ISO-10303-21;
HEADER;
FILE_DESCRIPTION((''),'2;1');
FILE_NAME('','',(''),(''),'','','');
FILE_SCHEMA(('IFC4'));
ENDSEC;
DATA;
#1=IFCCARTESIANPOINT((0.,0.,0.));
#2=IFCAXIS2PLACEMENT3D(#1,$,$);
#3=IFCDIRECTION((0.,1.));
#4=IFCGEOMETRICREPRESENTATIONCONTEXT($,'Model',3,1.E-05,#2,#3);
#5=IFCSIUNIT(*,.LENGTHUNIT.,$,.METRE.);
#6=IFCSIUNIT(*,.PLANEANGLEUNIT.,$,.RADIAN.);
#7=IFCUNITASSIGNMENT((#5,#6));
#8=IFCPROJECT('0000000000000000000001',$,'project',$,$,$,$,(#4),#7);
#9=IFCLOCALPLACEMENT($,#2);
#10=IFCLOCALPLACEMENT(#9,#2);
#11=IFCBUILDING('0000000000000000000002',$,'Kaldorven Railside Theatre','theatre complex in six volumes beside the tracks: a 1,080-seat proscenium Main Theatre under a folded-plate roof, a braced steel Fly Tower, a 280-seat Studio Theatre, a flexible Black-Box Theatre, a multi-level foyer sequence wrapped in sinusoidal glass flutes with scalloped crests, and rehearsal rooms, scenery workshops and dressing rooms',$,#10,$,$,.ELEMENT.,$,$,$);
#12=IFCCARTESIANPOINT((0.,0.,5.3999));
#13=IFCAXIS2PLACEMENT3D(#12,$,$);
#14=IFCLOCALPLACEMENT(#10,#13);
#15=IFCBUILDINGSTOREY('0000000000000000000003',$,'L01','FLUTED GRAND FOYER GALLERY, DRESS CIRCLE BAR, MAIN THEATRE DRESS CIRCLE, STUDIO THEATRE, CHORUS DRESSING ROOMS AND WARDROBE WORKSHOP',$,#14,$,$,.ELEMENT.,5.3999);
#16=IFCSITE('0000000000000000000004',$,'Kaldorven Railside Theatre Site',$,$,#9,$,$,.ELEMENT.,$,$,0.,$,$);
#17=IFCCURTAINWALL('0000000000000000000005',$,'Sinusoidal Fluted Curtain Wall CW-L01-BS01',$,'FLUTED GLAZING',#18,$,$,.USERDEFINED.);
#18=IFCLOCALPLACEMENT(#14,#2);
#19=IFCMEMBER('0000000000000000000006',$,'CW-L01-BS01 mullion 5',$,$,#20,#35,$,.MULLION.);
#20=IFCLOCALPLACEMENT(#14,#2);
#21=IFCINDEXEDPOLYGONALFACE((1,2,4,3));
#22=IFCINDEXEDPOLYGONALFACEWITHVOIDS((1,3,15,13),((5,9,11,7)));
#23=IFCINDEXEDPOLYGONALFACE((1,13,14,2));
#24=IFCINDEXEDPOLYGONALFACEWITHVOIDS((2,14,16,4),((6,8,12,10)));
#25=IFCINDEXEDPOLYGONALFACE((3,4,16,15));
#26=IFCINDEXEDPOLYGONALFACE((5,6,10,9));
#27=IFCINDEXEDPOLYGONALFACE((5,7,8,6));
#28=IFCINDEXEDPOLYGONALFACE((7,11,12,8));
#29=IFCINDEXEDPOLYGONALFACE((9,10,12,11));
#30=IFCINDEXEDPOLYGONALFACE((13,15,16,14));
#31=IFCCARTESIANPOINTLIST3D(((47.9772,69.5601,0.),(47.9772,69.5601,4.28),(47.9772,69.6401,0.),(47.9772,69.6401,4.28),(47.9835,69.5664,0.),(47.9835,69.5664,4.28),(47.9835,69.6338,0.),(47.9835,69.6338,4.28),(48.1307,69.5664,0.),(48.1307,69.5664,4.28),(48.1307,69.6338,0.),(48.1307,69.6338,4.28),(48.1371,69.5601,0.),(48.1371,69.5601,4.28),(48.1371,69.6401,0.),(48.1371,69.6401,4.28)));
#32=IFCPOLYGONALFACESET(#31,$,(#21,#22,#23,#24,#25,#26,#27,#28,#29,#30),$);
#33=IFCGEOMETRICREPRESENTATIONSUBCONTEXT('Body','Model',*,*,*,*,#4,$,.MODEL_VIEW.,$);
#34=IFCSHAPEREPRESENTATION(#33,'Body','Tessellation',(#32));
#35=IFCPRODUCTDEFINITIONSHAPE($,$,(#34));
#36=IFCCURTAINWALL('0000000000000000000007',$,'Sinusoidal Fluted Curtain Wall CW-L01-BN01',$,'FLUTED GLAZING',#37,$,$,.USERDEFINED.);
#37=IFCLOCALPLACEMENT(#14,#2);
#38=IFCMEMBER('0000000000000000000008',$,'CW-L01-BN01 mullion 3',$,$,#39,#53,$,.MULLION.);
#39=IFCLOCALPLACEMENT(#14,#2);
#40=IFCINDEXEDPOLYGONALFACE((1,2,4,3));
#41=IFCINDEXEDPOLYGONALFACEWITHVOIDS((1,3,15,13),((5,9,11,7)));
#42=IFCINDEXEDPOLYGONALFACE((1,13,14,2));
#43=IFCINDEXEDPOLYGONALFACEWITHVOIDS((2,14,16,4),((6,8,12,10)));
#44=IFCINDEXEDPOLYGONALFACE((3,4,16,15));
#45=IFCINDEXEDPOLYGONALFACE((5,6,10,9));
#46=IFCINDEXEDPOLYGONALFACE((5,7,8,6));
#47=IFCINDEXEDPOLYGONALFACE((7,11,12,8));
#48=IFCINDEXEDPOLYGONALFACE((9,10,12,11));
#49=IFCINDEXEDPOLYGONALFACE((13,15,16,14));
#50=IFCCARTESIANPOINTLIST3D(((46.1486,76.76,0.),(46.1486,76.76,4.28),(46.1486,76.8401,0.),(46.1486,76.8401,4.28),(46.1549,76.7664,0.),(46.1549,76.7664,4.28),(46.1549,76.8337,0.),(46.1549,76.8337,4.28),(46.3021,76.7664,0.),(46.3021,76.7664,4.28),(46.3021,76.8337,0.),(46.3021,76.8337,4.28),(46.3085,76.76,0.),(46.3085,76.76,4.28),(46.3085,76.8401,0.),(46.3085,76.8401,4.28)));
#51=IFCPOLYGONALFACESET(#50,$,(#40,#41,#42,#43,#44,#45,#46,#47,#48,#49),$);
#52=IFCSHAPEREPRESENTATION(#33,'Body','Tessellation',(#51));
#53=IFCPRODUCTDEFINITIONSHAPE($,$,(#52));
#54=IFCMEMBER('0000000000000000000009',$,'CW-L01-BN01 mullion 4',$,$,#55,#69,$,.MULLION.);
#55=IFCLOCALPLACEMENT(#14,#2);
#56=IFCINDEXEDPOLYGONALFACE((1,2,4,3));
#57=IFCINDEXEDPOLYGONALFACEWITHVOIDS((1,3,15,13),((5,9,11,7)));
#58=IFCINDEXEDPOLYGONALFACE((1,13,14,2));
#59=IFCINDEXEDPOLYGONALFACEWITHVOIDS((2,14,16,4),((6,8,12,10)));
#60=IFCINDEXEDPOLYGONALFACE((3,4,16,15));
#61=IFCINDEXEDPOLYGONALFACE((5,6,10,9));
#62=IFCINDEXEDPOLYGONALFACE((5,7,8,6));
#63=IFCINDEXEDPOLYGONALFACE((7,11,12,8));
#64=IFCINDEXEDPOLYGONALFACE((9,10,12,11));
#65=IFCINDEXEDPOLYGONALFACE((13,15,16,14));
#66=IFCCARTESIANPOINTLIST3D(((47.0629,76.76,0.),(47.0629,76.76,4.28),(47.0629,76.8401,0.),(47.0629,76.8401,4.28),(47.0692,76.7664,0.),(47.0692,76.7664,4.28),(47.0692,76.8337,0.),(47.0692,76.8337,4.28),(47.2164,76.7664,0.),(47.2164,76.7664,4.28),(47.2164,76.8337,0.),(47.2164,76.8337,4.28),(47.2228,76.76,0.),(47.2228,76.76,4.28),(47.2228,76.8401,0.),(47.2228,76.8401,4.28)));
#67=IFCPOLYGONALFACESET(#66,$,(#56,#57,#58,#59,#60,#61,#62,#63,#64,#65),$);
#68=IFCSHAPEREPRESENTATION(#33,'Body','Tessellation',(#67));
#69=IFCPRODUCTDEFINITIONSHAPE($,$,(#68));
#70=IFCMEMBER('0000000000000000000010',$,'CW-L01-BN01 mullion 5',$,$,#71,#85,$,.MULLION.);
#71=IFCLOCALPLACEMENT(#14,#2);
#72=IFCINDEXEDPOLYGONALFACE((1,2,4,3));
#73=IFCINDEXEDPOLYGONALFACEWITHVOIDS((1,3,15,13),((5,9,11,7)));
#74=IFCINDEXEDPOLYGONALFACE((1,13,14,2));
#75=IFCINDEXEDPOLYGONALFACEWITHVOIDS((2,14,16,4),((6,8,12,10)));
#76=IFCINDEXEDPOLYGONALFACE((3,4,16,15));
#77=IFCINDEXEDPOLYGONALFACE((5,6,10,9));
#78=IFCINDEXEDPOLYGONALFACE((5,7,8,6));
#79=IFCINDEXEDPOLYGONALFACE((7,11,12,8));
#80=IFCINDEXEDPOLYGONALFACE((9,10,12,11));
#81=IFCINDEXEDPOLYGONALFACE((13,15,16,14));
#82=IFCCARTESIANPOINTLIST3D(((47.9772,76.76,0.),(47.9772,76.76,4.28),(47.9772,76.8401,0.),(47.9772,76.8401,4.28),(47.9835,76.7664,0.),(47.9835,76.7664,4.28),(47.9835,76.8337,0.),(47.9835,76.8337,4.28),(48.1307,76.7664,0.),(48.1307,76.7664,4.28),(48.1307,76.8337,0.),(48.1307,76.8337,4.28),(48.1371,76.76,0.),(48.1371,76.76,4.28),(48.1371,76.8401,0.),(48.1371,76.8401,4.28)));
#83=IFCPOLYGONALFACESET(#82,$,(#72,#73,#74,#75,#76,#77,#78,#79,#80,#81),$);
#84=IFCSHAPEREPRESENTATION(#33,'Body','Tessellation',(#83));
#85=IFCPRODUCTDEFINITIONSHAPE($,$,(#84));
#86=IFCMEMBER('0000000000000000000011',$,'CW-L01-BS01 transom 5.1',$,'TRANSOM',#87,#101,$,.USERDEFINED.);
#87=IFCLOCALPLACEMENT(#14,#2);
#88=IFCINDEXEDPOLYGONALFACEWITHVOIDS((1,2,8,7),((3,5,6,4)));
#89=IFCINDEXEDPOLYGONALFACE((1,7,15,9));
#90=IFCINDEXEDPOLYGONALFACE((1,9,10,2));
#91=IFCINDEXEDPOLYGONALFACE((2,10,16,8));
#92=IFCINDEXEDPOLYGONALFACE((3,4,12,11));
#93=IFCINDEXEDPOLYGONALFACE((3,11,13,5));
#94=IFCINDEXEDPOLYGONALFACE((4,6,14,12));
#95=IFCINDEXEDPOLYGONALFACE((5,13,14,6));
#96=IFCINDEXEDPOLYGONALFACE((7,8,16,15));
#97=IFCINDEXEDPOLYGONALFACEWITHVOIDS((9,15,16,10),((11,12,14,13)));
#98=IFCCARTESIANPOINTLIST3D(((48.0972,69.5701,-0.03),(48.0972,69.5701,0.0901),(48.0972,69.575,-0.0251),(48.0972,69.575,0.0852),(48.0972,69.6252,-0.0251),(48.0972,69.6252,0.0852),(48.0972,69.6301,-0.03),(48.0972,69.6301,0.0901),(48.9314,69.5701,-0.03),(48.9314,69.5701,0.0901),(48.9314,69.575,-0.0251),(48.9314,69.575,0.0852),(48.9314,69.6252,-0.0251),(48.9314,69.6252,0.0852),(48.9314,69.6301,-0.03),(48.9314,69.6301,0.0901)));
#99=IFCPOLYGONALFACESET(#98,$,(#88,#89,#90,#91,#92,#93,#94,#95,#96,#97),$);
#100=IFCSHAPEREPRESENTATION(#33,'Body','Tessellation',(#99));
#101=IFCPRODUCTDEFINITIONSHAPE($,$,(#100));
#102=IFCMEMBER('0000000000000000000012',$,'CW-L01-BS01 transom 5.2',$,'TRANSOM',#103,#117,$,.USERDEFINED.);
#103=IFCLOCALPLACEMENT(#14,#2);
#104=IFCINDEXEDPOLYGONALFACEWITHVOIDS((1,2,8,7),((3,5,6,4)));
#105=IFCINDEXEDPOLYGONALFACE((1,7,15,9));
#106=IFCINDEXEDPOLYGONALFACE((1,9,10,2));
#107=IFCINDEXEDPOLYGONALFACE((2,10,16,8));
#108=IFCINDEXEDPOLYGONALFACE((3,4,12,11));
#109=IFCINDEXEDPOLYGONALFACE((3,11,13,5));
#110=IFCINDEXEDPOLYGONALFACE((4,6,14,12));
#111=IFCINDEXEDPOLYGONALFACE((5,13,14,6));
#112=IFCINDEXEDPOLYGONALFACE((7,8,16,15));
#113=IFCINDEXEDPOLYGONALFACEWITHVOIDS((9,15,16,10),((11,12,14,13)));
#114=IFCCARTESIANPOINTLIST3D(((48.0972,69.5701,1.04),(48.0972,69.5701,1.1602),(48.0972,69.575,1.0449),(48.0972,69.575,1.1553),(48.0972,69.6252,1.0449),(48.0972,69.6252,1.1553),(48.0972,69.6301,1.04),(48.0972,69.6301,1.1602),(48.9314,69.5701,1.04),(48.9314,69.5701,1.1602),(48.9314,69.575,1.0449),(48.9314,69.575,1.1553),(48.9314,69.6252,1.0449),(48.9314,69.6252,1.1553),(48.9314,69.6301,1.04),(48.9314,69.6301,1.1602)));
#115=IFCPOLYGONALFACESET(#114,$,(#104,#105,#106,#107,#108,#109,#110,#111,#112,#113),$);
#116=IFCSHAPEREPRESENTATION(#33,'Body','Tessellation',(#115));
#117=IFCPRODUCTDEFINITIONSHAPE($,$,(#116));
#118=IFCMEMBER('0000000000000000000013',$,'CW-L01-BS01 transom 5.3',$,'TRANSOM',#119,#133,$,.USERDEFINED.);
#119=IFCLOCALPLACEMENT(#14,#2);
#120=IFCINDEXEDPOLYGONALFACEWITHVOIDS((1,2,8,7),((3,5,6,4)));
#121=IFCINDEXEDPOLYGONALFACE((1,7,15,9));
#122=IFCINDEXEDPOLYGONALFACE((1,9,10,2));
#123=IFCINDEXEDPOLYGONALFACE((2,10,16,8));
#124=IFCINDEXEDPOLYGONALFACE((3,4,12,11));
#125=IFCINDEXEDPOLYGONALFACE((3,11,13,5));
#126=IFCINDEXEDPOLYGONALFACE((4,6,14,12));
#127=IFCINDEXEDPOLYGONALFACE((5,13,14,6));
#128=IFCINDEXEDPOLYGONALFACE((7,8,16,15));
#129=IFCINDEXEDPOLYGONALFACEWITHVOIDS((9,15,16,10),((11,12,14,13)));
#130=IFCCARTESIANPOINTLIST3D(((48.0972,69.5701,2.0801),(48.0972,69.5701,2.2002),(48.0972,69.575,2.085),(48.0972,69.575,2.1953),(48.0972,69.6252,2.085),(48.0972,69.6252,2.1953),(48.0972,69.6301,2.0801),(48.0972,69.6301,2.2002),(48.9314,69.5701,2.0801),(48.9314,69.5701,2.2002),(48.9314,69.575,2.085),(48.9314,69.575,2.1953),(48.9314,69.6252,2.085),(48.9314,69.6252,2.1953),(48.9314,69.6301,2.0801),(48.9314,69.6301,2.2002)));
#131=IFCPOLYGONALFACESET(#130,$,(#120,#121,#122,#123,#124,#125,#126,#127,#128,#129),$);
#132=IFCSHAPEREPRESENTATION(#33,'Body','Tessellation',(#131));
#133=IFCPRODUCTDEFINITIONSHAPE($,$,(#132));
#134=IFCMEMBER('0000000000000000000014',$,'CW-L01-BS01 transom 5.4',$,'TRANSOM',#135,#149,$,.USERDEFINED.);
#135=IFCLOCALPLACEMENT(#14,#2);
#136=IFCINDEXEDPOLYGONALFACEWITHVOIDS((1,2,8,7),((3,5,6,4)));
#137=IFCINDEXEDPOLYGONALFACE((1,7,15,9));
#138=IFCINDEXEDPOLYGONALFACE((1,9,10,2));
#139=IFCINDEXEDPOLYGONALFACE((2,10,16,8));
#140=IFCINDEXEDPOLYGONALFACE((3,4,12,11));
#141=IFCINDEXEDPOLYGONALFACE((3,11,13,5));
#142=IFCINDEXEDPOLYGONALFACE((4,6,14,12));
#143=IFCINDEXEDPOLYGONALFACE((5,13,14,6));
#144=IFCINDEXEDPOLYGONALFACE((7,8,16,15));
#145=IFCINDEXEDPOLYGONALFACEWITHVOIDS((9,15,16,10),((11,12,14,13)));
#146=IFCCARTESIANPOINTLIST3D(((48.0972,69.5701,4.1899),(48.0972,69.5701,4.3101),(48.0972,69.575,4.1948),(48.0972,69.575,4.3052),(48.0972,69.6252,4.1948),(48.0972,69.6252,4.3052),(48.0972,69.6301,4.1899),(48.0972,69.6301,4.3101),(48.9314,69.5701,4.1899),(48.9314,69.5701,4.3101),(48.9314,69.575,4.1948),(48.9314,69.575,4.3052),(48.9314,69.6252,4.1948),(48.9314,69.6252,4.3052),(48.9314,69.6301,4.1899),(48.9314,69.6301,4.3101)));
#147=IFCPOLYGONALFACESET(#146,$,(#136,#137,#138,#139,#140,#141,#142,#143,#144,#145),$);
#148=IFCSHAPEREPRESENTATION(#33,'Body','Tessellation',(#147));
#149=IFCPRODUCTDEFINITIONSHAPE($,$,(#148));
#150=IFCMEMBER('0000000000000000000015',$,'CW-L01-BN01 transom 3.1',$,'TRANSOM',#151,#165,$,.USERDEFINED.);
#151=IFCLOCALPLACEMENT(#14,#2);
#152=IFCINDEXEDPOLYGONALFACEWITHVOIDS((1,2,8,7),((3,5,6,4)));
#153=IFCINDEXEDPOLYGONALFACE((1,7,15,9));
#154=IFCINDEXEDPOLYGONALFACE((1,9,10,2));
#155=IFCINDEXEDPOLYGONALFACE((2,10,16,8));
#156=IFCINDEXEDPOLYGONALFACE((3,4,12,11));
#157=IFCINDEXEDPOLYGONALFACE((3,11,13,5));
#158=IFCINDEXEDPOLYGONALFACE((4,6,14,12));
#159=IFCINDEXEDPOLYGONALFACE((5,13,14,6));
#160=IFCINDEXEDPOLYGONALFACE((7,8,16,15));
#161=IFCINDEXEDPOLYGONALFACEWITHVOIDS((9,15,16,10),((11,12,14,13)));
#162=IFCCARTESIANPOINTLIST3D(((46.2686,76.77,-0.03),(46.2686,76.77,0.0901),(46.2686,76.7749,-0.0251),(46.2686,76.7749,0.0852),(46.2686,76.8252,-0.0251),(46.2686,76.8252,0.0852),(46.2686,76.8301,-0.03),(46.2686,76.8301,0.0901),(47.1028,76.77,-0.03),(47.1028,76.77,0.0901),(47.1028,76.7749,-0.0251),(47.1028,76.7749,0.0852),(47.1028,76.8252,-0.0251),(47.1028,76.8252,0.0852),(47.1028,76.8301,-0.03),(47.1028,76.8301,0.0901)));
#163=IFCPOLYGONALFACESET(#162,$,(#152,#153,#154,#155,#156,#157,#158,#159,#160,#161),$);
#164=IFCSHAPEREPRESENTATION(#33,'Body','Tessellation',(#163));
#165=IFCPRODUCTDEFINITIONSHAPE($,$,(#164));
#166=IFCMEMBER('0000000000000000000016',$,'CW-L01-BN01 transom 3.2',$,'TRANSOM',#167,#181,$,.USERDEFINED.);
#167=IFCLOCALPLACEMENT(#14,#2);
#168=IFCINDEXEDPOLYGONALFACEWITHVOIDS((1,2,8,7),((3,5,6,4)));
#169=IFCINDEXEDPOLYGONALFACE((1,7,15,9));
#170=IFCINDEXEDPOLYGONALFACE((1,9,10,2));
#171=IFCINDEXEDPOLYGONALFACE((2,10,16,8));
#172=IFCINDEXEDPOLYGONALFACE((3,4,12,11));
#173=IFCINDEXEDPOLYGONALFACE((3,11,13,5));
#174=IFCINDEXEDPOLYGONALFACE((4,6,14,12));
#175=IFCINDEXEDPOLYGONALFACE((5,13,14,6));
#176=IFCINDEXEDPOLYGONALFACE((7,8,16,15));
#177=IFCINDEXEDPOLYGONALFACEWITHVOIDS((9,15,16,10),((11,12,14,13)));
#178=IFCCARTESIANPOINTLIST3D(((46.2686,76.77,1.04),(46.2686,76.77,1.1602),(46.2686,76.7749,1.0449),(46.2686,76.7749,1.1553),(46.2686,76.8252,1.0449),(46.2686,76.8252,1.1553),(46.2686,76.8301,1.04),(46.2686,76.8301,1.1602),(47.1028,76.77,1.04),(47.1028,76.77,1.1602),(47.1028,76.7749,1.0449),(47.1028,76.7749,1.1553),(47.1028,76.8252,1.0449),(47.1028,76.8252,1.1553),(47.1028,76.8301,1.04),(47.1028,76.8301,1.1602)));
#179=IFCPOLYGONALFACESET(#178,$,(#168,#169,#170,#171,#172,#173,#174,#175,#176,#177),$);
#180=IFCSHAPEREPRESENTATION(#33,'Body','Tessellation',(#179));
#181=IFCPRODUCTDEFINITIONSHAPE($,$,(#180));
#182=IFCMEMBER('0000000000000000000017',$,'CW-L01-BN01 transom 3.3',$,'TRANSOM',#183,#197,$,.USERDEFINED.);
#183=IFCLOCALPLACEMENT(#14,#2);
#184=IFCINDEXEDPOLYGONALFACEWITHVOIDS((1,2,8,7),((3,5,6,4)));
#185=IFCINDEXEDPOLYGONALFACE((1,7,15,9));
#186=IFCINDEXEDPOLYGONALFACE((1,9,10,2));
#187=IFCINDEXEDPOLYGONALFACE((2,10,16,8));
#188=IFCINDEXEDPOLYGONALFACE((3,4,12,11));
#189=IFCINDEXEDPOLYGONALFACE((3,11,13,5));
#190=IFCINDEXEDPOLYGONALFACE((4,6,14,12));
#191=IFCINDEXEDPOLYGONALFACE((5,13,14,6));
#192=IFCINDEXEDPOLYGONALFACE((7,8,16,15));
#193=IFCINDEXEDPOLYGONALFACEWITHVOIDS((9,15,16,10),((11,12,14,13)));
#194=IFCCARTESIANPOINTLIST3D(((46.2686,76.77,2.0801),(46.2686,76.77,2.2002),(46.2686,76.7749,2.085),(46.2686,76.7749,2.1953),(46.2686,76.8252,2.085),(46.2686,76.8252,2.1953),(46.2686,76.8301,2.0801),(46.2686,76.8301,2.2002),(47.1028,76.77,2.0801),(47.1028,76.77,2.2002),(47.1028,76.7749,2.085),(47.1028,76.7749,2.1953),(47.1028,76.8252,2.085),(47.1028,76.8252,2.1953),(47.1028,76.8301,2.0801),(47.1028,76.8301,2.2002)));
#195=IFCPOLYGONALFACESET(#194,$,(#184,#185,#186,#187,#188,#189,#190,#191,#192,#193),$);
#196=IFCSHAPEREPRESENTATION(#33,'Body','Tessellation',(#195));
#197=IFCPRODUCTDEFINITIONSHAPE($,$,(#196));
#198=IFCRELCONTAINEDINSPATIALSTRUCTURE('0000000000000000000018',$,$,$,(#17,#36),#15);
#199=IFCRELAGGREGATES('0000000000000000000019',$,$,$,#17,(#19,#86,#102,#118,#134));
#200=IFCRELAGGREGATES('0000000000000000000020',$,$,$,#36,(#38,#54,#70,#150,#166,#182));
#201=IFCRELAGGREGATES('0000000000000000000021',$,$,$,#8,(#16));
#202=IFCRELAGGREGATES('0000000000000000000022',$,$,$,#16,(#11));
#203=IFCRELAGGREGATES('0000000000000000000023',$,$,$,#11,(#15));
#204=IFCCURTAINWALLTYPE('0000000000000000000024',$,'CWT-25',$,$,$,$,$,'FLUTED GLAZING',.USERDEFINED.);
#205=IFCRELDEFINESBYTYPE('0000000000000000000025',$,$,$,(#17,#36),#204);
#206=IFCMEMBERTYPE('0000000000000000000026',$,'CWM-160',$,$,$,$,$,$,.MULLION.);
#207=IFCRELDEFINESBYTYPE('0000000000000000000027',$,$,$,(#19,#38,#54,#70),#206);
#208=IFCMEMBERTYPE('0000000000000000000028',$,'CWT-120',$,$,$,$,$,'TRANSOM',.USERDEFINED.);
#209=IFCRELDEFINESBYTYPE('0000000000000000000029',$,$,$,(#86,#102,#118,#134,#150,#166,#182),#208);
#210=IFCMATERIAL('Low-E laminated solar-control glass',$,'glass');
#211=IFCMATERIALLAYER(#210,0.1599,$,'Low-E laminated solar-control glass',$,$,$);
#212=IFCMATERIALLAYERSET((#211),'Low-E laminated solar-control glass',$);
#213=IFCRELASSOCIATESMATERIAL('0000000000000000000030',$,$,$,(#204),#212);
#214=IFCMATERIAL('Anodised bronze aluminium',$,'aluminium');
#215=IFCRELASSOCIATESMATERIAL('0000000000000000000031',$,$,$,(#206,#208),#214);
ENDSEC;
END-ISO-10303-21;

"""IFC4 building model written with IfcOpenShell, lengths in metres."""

from ifc_helpers import new_model, si_unit, direction, frame, origin, origin_2d, place, context, subcontext, project, spatial, hollow_rectangle, extrude, material, layer, layer_set, material_profile, profile_set, type_object, element, aggregate, save


model = new_model("IFC4")

# Units and contexts
model_context = context("Model", 3, precision=1e-05, world=origin(), true_north=direction((0.0, 1.0)))
body_context = subcontext(model_context, "Body", "Model", "MODEL_VIEW")
ifc_project = project(units=[si_unit("LENGTHUNIT", "METRE"), si_unit("PLANEANGLEUNIT", "RADIAN")], contexts=[model_context])

# Site, building, storey
site_placement = place(None, origin())
site = spatial("IfcSite", under=ifc_project, at=site_placement, Name="Kaldorven Railside Theatre Site", CompositionType="ELEMENT", RefElevation=0.0)
building_placement = place(site_placement, origin())
building = spatial("IfcBuilding", under=site, at=building_placement, Name="Kaldorven Railside Theatre", Description="theatre complex in six volumes beside the tracks: a 1,080-seat proscenium Main Theatre under a folded-plate roof, a braced steel Fly Tower, a 280-seat Studio Theatre, a flexible Black-Box Theatre, a multi-level foyer sequence wrapped in sinusoidal glass flutes with scalloped crests, and rehearsal rooms, scenery workshops and dressing rooms", CompositionType="ELEMENT")
storey_placement = place(building_placement, frame((0.0, 0.0, 5.3999)))
storey = spatial("IfcBuildingStorey", under=building, at=storey_placement, Name="L01", Description="FLUTED GRAND FOYER GALLERY, DRESS CIRCLE BAR, MAIN THEATRE DRESS CIRCLE, STUDIO THEATRE, CHORUS DRESSING ROOMS AND WARDROBE WORKSHOP", CompositionType="ELEMENT", Elevation=5.3999)

# Curtain wall, member
ifc_material_1 = material(Name="Low-E laminated solar-control glass", Category="glass")
ifc_layer_1 = layer(ifc_material_1, 0.1599, Name="Low-E laminated solar-control glass")
ifc_layer_set_1 = layer_set([ifc_layer_1], Name="Low-E laminated solar-control glass")
curtain_wall_type = type_object("IfcCurtainWallType", Name="CWT-25", ElementType="FLUTED GLAZING", PredefinedType="USERDEFINED", material=ifc_layer_set_1)
curtain_wall_1_placement = place(storey_placement, origin())
curtain_wall_1 = element("IfcCurtainWall", 1, at=curtain_wall_1_placement, inside=storey, type_object=curtain_wall_type, Name="Sinusoidal Fluted Curtain Wall CW-L01-BS01", ObjectType="FLUTED GLAZING", PredefinedType="USERDEFINED")
ifc_material_2 = material(Name="Anodised bronze aluminium", Category="aluminium")
ifc_material_profile_1 = material_profile(ifc_material_2, hollow_rectangle(XDim=0.0801, YDim=0.1599, WallThickness=0.0063, at=origin_2d()), Name="RHS 160x80x6.3")
ifc_profile_set_1 = profile_set([ifc_material_profile_1], Name="Anodised bronze aluminium")
member_type_1 = type_object("IfcMemberType", Name="CWM-160", PredefinedType="MULLION", material=ifc_profile_set_1)
member_1_placement = place(storey_placement, frame((48.0571, 69.6001, 0.0), z_axis=(0.0, 0.0, 1.0), x_axis=(0.0, 1.0, 0.0)))
member_1 = element("IfcMember", 2, at=member_1_placement, type_object=member_type_1, Name="CW-L01-BS01 mullion 5", PredefinedType="MULLION", context=body_context, shape_type="SweptSolid", body=[
    extrude(hollow_rectangle(XDim=0.0801, YDim=0.1599, WallThickness=0.0063, at=origin_2d()), origin(), (0.0, 0.0, 1.0), 4.28),
])

# Curtain wall, members
curtain_wall_2_placement = place(storey_placement, origin())
curtain_wall_2 = element("IfcCurtainWall", 3, at=curtain_wall_2_placement, inside=storey, type_object=curtain_wall_type, Name="Sinusoidal Fluted Curtain Wall CW-L01-BN01", ObjectType="FLUTED GLAZING", PredefinedType="USERDEFINED")
member_2_placement = place(storey_placement, frame((46.2285, 76.8, 0.0), z_axis=(0.0, 0.0, 1.0), x_axis=(0.0, 1.0, 0.0)))
member_2 = element("IfcMember", 4, at=member_2_placement, type_object=member_type_1, Name="CW-L01-BN01 mullion 3", PredefinedType="MULLION", context=body_context, shape_type="SweptSolid", body=[
    extrude(hollow_rectangle(XDim=0.0801, YDim=0.1599, WallThickness=0.0063, at=origin_2d()), origin(), (0.0, 0.0, 1.0), 4.28),
])
member_3_placement = place(storey_placement, frame((47.1428, 76.8, 0.0), z_axis=(0.0, 0.0, 1.0), x_axis=(0.0, 1.0, 0.0)))
member_3 = element("IfcMember", 5, at=member_3_placement, type_object=member_type_1, Name="CW-L01-BN01 mullion 4", PredefinedType="MULLION", context=body_context, shape_type="SweptSolid", body=[
    extrude(hollow_rectangle(XDim=0.0801, YDim=0.1599, WallThickness=0.0063, at=origin_2d()), origin(), (0.0, 0.0, 1.0), 4.28),
])
member_4_placement = place(storey_placement, frame((48.0571, 76.8, 0.0), z_axis=(0.0, 0.0, 1.0), x_axis=(0.0, 1.0, 0.0)))
member_4 = element("IfcMember", 6, at=member_4_placement, type_object=member_type_1, Name="CW-L01-BN01 mullion 5", PredefinedType="MULLION", context=body_context, shape_type="SweptSolid", body=[
    extrude(hollow_rectangle(XDim=0.0801, YDim=0.1599, WallThickness=0.0063, at=origin_2d()), origin(), (0.0, 0.0, 1.0), 4.28),
])

# Members
ifc_material_profile_2 = material_profile(ifc_material_2, hollow_rectangle(XDim=0.0601, YDim=0.1201, WallThickness=0.0049, at=origin_2d()), Name="RHS 120x60x5")
ifc_profile_set_2 = profile_set([ifc_material_profile_2], Name="Anodised bronze aluminium")
member_type_2 = type_object("IfcMemberType", Name="CWT-120", ElementType="TRANSOM", PredefinedType="USERDEFINED", material=ifc_profile_set_2)
member_5_placement = place(storey_placement, frame((48.0972, 69.6001, 0.03), z_axis=(1.0, 0.0, 0.0), x_axis=(0.0, 1.0, 0.0)))
member_5 = element("IfcMember", 7, at=member_5_placement, type_object=member_type_2, Name="CW-L01-BS01 transom 5.1", ObjectType="TRANSOM", PredefinedType="USERDEFINED", context=body_context, shape_type="SweptSolid", body=[
    extrude(hollow_rectangle(XDim=0.0601, YDim=0.1201, WallThickness=0.0049, at=origin_2d()), origin(), (0.0, 0.0, 1.0), 0.8342),
])
member_6_placement = place(storey_placement, frame((48.0972, 69.6001, 1.1001), z_axis=(1.0, 0.0, 0.0), x_axis=(0.0, 1.0, 0.0)))
member_6 = element("IfcMember", 8, at=member_6_placement, type_object=member_type_2, Name="CW-L01-BS01 transom 5.2", ObjectType="TRANSOM", PredefinedType="USERDEFINED", context=body_context, shape_type="SweptSolid", body=[
    extrude(hollow_rectangle(XDim=0.0601, YDim=0.1201, WallThickness=0.0049, at=origin_2d()), origin(), (0.0, 0.0, 1.0), 0.8342),
])
member_7_placement = place(storey_placement, frame((48.0972, 69.6001, 2.1401), z_axis=(1.0, 0.0, 0.0), x_axis=(0.0, 1.0, 0.0)))
member_7 = element("IfcMember", 9, at=member_7_placement, type_object=member_type_2, Name="CW-L01-BS01 transom 5.3", ObjectType="TRANSOM", PredefinedType="USERDEFINED", context=body_context, shape_type="SweptSolid", body=[
    extrude(hollow_rectangle(XDim=0.0601, YDim=0.1201, WallThickness=0.0049, at=origin_2d()), origin(), (0.0, 0.0, 1.0), 0.8342),
])
member_8_placement = place(storey_placement, frame((48.0972, 69.6001, 4.25), z_axis=(1.0, 0.0, 0.0), x_axis=(0.0, 1.0, 0.0)))
member_8 = element("IfcMember", 10, at=member_8_placement, type_object=member_type_2, Name="CW-L01-BS01 transom 5.4", ObjectType="TRANSOM", PredefinedType="USERDEFINED", context=body_context, shape_type="SweptSolid", body=[
    extrude(hollow_rectangle(XDim=0.0601, YDim=0.1201, WallThickness=0.0049, at=origin_2d()), origin(), (0.0, 0.0, 1.0), 0.8342),
])
member_9_placement = place(storey_placement, frame((46.2686, 76.8, 0.03), z_axis=(1.0, 0.0, 0.0), x_axis=(0.0, 1.0, 0.0)))
member_9 = element("IfcMember", 11, at=member_9_placement, type_object=member_type_2, Name="CW-L01-BN01 transom 3.1", ObjectType="TRANSOM", PredefinedType="USERDEFINED", context=body_context, shape_type="SweptSolid", body=[
    extrude(hollow_rectangle(XDim=0.0601, YDim=0.1201, WallThickness=0.0049, at=origin_2d()), origin(), (0.0, 0.0, 1.0), 0.8342),
])
member_10_placement = place(storey_placement, frame((46.2686, 76.8, 1.1001), z_axis=(1.0, 0.0, 0.0), x_axis=(0.0, 1.0, 0.0)))
member_10 = element("IfcMember", 12, at=member_10_placement, type_object=member_type_2, Name="CW-L01-BN01 transom 3.2", ObjectType="TRANSOM", PredefinedType="USERDEFINED", context=body_context, shape_type="SweptSolid", body=[
    extrude(hollow_rectangle(XDim=0.0601, YDim=0.1201, WallThickness=0.0049, at=origin_2d()), origin(), (0.0, 0.0, 1.0), 0.8342),
])
member_11_placement = place(storey_placement, frame((46.2686, 76.8, 2.1401), z_axis=(1.0, 0.0, 0.0), x_axis=(0.0, 1.0, 0.0)))
member_11 = element("IfcMember", 13, at=member_11_placement, type_object=member_type_2, Name="CW-L01-BN01 transom 3.3", ObjectType="TRANSOM", PredefinedType="USERDEFINED", context=body_context, shape_type="SweptSolid", body=[
    extrude(hollow_rectangle(XDim=0.0601, YDim=0.1201, WallThickness=0.0049, at=origin_2d()), origin(), (0.0, 0.0, 1.0), 0.8342),
])

aggregate(curtain_wall_1, [member_1, member_5, member_6, member_7, member_8])
aggregate(curtain_wall_2, [member_2, member_3, member_4, member_9, member_10, member_11])

save(model, "model.ifc")
